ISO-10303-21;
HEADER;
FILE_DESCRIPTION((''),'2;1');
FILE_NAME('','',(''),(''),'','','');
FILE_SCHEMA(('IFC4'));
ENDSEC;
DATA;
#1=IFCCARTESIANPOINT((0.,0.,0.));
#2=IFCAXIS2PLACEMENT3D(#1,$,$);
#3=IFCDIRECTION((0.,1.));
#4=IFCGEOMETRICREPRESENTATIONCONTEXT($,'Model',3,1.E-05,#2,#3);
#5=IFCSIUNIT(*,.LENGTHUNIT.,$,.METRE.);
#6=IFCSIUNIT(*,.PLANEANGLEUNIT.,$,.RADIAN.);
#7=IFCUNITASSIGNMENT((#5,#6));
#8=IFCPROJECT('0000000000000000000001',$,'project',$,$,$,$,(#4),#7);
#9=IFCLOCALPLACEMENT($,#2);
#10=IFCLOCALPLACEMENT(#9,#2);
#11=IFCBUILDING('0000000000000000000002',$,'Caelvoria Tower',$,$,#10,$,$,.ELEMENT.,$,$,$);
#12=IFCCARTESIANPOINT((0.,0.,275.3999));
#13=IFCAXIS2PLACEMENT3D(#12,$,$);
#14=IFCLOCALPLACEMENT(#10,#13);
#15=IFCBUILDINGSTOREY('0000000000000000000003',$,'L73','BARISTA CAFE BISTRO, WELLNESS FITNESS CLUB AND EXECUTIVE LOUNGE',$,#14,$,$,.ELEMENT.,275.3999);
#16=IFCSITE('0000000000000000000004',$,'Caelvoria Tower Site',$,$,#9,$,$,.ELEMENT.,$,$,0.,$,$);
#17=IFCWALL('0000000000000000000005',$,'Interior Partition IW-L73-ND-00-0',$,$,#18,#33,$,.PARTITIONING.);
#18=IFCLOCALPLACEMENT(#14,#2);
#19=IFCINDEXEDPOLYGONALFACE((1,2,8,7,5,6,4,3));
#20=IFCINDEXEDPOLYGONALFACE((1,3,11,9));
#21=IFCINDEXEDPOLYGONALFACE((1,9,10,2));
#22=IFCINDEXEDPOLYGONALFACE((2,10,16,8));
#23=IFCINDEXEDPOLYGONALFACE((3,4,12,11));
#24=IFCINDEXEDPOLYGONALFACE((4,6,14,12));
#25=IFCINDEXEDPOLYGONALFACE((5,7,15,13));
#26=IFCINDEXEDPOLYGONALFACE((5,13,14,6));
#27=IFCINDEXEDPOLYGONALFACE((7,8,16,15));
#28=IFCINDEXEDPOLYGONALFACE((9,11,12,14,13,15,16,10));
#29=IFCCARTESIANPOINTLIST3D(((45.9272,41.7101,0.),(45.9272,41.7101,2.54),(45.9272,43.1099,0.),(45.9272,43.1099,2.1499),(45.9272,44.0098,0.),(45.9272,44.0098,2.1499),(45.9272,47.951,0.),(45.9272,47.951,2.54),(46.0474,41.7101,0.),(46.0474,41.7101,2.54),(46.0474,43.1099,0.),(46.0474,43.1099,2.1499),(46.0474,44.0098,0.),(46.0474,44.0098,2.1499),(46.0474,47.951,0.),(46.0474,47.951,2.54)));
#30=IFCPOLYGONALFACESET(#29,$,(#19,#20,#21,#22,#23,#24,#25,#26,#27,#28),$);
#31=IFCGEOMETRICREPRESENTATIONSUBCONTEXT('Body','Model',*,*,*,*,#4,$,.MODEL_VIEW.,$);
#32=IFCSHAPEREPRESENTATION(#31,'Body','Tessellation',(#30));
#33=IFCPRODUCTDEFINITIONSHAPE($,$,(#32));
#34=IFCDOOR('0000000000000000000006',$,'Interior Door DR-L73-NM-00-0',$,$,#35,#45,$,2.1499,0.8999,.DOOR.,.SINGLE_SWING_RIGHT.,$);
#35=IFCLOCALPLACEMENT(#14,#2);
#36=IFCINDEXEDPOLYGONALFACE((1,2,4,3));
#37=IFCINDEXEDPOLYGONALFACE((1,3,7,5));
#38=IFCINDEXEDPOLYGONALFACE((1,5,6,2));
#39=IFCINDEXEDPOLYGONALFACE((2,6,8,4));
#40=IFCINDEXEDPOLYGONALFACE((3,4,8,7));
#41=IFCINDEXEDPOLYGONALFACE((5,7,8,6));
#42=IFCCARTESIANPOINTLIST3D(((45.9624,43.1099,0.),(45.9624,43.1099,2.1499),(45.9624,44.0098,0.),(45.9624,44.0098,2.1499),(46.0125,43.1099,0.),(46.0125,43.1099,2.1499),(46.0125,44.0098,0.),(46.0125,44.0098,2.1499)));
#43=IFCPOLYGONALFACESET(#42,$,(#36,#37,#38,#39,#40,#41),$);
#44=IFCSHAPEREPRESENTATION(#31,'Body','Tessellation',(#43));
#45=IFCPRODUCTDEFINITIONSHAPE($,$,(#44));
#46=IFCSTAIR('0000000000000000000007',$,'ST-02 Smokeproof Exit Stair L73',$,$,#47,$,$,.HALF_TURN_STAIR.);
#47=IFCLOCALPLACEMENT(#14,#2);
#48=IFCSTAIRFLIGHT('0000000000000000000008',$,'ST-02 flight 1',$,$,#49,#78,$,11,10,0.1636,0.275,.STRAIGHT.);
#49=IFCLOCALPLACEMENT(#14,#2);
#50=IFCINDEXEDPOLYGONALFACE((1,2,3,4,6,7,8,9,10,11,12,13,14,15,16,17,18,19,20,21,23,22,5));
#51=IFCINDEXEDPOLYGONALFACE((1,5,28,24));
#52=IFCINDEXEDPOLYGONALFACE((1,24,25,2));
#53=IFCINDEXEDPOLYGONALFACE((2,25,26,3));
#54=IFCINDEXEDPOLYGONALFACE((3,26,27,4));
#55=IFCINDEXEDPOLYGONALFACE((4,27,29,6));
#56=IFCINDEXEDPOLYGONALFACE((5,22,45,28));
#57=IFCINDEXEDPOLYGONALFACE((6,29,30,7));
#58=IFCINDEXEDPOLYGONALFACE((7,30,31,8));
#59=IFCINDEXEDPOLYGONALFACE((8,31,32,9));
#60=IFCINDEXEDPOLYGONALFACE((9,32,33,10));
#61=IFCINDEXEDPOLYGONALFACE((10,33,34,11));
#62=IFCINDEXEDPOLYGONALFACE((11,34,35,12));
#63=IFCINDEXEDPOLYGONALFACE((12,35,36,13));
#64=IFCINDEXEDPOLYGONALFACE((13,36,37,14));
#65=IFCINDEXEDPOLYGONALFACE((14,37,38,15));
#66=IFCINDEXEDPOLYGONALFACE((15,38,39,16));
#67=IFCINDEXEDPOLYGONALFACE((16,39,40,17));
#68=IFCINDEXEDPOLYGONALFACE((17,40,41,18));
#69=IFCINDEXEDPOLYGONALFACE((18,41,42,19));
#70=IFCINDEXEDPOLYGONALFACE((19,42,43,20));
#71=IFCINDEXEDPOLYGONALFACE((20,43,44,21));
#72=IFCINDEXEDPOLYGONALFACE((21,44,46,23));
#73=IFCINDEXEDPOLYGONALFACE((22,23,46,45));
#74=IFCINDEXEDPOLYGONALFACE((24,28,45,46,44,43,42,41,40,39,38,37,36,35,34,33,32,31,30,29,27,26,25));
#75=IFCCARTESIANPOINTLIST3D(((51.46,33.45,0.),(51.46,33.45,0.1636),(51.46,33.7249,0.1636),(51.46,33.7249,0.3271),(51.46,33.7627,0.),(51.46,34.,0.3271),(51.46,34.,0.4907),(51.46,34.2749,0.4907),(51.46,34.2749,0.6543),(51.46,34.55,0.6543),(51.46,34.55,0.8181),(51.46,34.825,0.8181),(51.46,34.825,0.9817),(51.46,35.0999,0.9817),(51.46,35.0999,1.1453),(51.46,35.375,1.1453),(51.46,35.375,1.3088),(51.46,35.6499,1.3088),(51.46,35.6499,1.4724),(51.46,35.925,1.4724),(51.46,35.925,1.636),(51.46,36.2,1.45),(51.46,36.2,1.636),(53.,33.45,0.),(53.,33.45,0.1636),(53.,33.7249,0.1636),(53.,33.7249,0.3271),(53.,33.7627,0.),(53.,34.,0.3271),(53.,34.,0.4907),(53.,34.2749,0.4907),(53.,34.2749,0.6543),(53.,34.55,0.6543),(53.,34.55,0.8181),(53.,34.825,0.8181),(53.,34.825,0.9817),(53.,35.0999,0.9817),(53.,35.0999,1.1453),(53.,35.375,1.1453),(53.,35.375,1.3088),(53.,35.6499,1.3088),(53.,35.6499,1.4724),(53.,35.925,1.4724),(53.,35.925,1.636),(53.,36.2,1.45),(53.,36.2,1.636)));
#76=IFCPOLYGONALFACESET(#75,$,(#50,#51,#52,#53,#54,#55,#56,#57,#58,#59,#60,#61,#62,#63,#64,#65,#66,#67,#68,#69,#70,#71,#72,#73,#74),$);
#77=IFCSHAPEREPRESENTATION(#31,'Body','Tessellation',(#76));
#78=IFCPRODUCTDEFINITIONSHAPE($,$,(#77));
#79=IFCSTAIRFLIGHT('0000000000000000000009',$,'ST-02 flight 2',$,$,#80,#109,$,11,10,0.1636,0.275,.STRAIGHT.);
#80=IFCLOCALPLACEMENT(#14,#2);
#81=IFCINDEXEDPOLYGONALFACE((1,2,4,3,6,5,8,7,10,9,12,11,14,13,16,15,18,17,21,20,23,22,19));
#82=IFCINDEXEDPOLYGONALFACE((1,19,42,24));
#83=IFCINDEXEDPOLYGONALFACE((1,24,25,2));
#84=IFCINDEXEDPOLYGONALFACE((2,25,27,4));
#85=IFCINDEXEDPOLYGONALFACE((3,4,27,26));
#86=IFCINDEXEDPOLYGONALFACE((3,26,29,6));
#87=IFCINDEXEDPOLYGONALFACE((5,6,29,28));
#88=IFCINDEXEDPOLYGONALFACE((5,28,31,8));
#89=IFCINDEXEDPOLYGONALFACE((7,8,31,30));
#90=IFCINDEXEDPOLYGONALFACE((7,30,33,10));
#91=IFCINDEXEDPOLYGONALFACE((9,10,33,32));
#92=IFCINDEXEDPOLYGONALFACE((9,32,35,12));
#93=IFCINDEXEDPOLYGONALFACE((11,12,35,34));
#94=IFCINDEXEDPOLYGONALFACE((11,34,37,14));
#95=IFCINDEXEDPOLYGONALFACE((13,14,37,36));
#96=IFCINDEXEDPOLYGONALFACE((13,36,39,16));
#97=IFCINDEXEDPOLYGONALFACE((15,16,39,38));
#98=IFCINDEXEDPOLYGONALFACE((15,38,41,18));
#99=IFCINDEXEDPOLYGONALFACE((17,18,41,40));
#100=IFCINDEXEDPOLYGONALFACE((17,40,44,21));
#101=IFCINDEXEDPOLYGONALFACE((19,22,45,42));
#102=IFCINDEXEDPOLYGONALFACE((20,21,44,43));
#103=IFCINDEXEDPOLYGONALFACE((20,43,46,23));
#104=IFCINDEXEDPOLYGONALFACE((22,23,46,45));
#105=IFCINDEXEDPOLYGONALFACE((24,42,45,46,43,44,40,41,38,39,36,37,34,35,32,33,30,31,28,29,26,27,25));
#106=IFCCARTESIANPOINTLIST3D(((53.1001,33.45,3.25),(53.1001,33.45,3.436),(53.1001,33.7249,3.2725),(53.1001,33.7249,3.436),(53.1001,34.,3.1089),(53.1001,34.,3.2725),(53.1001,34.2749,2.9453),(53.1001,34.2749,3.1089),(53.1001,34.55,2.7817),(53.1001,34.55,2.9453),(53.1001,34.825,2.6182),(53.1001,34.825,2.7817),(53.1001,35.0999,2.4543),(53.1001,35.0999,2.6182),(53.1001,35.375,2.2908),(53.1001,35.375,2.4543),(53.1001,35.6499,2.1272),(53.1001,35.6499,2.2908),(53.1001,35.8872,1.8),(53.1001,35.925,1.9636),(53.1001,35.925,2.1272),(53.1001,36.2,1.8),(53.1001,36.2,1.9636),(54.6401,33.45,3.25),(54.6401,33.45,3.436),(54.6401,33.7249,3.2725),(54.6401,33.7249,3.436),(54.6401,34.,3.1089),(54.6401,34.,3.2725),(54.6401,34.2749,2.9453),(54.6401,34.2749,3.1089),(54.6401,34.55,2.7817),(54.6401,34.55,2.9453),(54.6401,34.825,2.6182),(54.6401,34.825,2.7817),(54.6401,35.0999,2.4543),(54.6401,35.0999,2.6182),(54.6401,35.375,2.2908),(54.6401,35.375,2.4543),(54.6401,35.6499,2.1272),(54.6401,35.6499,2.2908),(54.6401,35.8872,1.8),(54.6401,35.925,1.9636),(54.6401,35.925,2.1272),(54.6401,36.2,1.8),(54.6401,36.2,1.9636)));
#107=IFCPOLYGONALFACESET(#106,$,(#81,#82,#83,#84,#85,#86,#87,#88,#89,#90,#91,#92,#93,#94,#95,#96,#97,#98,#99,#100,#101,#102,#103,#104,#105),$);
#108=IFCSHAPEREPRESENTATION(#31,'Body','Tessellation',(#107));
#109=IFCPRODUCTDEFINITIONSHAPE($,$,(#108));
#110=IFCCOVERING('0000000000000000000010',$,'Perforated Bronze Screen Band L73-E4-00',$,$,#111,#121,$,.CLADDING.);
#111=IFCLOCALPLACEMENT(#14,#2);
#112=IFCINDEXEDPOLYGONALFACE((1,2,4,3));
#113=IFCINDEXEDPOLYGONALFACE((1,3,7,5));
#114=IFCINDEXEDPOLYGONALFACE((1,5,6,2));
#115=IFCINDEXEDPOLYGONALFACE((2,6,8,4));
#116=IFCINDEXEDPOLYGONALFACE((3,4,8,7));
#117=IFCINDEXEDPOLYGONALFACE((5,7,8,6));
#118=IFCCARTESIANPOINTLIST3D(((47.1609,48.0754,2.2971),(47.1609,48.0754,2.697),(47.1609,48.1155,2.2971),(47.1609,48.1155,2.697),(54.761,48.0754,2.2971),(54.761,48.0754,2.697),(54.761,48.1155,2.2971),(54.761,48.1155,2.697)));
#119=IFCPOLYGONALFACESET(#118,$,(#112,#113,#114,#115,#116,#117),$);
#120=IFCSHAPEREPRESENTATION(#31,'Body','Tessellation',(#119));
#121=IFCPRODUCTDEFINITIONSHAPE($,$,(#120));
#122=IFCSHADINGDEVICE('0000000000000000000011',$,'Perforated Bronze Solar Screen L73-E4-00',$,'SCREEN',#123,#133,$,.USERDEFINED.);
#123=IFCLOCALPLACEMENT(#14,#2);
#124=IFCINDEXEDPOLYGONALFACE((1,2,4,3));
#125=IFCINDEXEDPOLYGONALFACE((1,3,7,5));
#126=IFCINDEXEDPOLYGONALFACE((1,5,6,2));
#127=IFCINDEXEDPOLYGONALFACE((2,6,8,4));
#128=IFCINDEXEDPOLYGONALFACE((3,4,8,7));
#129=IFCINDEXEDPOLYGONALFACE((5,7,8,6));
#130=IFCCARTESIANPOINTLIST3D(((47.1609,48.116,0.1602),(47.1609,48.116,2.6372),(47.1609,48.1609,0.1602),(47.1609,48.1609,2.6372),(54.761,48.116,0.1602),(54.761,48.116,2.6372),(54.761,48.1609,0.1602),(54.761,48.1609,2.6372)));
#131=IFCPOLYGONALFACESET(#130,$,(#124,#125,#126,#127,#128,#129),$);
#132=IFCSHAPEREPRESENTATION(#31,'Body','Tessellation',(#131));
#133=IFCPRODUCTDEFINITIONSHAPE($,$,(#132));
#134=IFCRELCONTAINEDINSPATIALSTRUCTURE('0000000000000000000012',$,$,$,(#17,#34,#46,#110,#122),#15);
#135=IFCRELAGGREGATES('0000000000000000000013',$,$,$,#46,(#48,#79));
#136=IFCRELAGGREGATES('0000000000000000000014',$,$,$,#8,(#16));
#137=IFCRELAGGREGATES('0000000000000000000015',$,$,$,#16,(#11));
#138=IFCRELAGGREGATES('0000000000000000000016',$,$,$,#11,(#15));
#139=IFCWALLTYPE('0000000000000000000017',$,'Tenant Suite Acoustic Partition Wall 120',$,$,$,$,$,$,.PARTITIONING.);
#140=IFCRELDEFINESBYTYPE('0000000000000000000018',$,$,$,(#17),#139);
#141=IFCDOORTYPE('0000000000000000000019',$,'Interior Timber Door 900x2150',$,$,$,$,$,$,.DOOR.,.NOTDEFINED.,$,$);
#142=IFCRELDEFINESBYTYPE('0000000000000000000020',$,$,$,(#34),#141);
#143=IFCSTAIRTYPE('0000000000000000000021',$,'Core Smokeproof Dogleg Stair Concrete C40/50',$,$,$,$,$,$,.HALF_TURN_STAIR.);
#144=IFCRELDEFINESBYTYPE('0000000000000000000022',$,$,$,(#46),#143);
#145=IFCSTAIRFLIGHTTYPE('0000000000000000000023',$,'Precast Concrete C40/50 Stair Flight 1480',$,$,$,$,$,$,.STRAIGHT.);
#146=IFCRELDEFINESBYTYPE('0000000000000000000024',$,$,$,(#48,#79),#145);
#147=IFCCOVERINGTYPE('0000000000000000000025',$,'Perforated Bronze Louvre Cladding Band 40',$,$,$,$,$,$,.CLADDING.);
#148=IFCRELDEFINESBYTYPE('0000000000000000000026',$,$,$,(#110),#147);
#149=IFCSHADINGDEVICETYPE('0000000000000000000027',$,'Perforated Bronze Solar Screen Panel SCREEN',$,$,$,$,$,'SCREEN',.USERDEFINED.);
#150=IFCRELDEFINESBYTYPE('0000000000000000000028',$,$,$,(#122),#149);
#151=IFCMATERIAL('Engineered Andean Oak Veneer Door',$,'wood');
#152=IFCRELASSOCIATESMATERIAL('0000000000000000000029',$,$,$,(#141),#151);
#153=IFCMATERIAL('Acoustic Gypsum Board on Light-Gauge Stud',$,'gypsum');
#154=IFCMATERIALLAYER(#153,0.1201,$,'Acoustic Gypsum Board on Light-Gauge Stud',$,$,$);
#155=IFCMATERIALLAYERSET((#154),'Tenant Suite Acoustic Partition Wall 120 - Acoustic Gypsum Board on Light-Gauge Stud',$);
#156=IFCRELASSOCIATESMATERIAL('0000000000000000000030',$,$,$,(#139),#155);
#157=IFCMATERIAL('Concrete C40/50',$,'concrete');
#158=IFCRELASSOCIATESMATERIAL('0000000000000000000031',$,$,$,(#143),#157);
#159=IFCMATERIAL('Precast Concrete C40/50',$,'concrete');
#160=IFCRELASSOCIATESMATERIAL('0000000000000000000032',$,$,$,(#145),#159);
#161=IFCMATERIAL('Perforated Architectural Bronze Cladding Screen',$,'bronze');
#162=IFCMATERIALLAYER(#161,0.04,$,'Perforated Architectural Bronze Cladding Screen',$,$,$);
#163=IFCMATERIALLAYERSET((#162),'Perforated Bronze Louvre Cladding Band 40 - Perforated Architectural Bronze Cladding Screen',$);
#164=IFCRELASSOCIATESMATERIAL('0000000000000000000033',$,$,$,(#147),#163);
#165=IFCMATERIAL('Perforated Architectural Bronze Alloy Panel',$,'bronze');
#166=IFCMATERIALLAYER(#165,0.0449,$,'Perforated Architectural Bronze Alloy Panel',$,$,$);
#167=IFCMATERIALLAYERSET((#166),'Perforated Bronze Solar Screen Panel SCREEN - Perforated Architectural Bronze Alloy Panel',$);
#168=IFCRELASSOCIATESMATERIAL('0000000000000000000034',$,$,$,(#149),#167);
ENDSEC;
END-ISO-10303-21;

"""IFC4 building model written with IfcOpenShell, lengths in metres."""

from ifc_helpers import new_model, si_unit, direction, frame, frame_2d, origin, origin_2d, place, context, subcontext, project, spatial, polyline, rectangle, outline, extrude, material, layer, layer_set, type_object, element, fill, aggregate, save


model = new_model("IFC4")

# Units and contexts
model_context = context("Model", 3, precision=1e-05, world=origin(), true_north=direction((0.0, 1.0)))
body_context = subcontext(model_context, "Body", "Model", "MODEL_VIEW")
ifc_project = project(units=[si_unit("LENGTHUNIT", "METRE"), si_unit("PLANEANGLEUNIT", "RADIAN")], contexts=[model_context])

# Site, building, storey
site_placement = place(None, origin())
site = spatial("IfcSite", under=ifc_project, at=site_placement, Name="Caelvoria Tower Site", CompositionType="ELEMENT", RefElevation=0.0)
building_placement = place(site_placement, origin())
building = spatial("IfcBuilding", under=site, at=building_placement, Name="Caelvoria Tower", CompositionType="ELEMENT")
storey_placement = place(building_placement, frame((0.0, 0.0, 275.3999)))
storey = spatial("IfcBuildingStorey", under=building, at=storey_placement, Name="L73", Description="BARISTA CAFE BISTRO, WELLNESS FITNESS CLUB AND EXECUTIVE LOUNGE", CompositionType="ELEMENT", Elevation=275.3999)

# Wall, opening, door
ifc_material_1 = material(Name="Engineered Andean Oak Veneer Door", Category="wood")
door_type_1 = type_object("IfcDoorType", Name="Interior Timber Door 900x2150", OperationType="NOTDEFINED", PredefinedType="DOOR", material=ifc_material_1)
ifc_material_2 = material(Name="Acoustic Gypsum Board on Light-Gauge Stud", Category="gypsum")
ifc_layer_1 = layer(ifc_material_2, 0.1201, Name="Acoustic Gypsum Board on Light-Gauge Stud")
ifc_layer_set_1 = layer_set([ifc_layer_1], Name="Tenant Suite Acoustic Partition Wall 120 - Acoustic Gypsum Board on Light-Gauge Stud")
wall_type_1 = type_object("IfcWallType", Name="Tenant Suite Acoustic Partition Wall 120", PredefinedType="PARTITIONING", material=ifc_layer_set_1)
wall_1_placement = place(storey_placement, frame((45.9873, 41.71, 0.0), z_axis=(0.0, 0.0, 1.0), x_axis=(0.0, 1.0, 0.0)))
wall_1 = element("IfcWall", 1, at=wall_1_placement, inside=storey, type_object=wall_type_1, Name="Interior Partition IW-L73-ND-00-0", PredefinedType="PARTITIONING", context=body_context, shape_type="SweptSolid", body=[
    extrude(rectangle(XDim=6.241, YDim=0.1201, at=frame_2d((3.1206, 0.0))), origin(), (0.0, 0.0, 1.0), 2.54),
])
opening_1_placement = place(wall_1_placement, frame((1.3999, 0.0, 0.0)))
opening_1 = element("IfcOpeningElement", 2, at=opening_1_placement, cuts=wall_1, PredefinedType="OPENING", context=body_context, shape_type="SweptSolid", body=[
    extrude(rectangle(XDim=0.8999, YDim=2.1499, at=frame_2d((0.45, 1.075))), frame((0.0, 0.0701, 0.0), z_axis=(0.0, -1.0, 0.0), x_axis=(1.0, 0.0, 0.0)), (0.0, 0.0, 1.0), 0.1401),
])
door_1_placement = place(opening_1_placement, origin())
door_1 = element("IfcDoor", 3, at=door_1_placement, inside=storey, type_object=door_type_1, Name="Interior Door DR-L73-NM-00-0", OperationType="SINGLE_SWING_RIGHT", OverallHeight=2.1499, OverallWidth=0.8999, PredefinedType="DOOR", context=body_context, shape_type="SweptSolid", body=[
    extrude(rectangle(XDim=0.8999, YDim=2.1499, at=frame_2d((0.45, 1.075))), frame((0.0, 0.0249, 0.0), z_axis=(0.0, -1.0, 0.0), x_axis=(1.0, 0.0, 0.0)), (0.0, 0.0, 1.0), 0.05),
])
fill(opening_1, door_1)

# Stair, stair flights
ifc_material_3 = material(Name="Concrete C40/50", Category="concrete")
stair_type = type_object("IfcStairType", Name="Core Smokeproof Dogleg Stair Concrete C40/50", PredefinedType="HALF_TURN_STAIR", material=ifc_material_3)
stair_placement = place(storey_placement, origin())
stair = element("IfcStair", 4, at=stair_placement, inside=storey, type_object=stair_type, Name="ST-02 Smokeproof Exit Stair L73", PredefinedType="HALF_TURN_STAIR")
ifc_material_4 = material(Name="Precast Concrete C40/50", Category="concrete")
stair_flight_type = type_object("IfcStairFlightType", Name="Precast Concrete C40/50 Stair Flight 1480", PredefinedType="STRAIGHT", material=ifc_material_4)
stair_flight_1_placement = place(storey_placement, frame((52.23, 33.45, 0.0), z_axis=(0.0, 0.0, 1.0), x_axis=(0.0, 1.0, 0.0)))
stair_flight_1 = element("IfcStairFlight", 5, at=stair_flight_1_placement, type_object=stair_flight_type, Name="ST-02 flight 1", NumberOfRisers=11, NumberOfTreads=10, PredefinedType="STRAIGHT", RiserHeight=0.1636, TreadLength=0.275, context=body_context, shape_type="SweptSolid", body=[
    extrude(outline(polyline([(0.0, 0.0), (0.0, 0.1636), (0.2749, 0.1636), (0.2749, 0.3271), (0.55, 0.3271), (0.55, 0.4907), (0.825, 0.4907), (0.825, 0.6543), (1.1001, 0.6543), (1.1001, 0.8181), (1.375, 0.8181), (1.375, 0.9817), (1.6499, 0.9817), (1.6499, 1.1453), (1.925, 1.1453), (1.925, 1.3088), (2.2, 1.3088), (2.2, 1.4724), (2.4751, 1.4724), (2.4751, 1.636), (2.75, 1.636), (2.75, 1.7996), (2.75, 1.45), (0.3127, 0.0), (0.0, 0.0)])), frame((0.0, 0.77, 0.0), z_axis=(0.0, -1.0, 0.0), x_axis=(1.0, 0.0, 0.0)), (0.0, 0.0, 1.0), 1.54),
])
stair_flight_2_placement = place(storey_placement, frame((53.8701, 36.2, 1.8), z_axis=(0.0, 0.0, 1.0), x_axis=(0.0, -1.0, 0.0)))
stair_flight_2 = element("IfcStairFlight", 6, at=stair_flight_2_placement, type_object=stair_flight_type, Name="ST-02 flight 2", NumberOfRisers=11, NumberOfTreads=10, PredefinedType="STRAIGHT", RiserHeight=0.1636, TreadLength=0.275, context=body_context, shape_type="SweptSolid", body=[
    extrude(outline(polyline([(0.0, 0.0), (0.0, 0.1636), (0.2749, 0.1636), (0.2749, 0.3271), (0.55, 0.3271), (0.55, 0.4907), (0.825, 0.4907), (0.825, 0.6543), (1.1001, 0.6543), (1.1001, 0.8181), (1.375, 0.8181), (1.375, 0.9817), (1.6499, 0.9817), (1.6499, 1.1453), (1.925, 1.1453), (1.925, 1.3088), (2.2, 1.3088), (2.2, 1.4724), (2.4751, 1.4724), (2.4751, 1.636), (2.75, 1.636), (2.75, 1.7996), (2.75, 1.45), (0.3127, 0.0), (0.0, 0.0)])), frame((0.0, 0.77, 0.0), z_axis=(0.0, -1.0, 0.0), x_axis=(1.0, 0.0, 0.0)), (0.0, 0.0, 1.0), 1.54),
])
aggregate(stair, [stair_flight_1, stair_flight_2])

# Covering
ifc_material_5 = material(Name="Perforated Architectural Bronze Cladding Screen", Category="bronze")
ifc_layer_2 = layer(ifc_material_5, 0.04, Name="Perforated Architectural Bronze Cladding Screen")
ifc_layer_set_2 = layer_set([ifc_layer_2], Name="Perforated Bronze Louvre Cladding Band 40 - Perforated Architectural Bronze Cladding Screen")
covering_type = type_object("IfcCoveringType", Name="Perforated Bronze Louvre Cladding Band 40", PredefinedType="CLADDING", material=ifc_layer_set_2)
covering_placement = place(storey_placement, frame((50.9609, 48.0955, 2.2971), z_axis=(0.0, 0.0, 1.0), x_axis=(-1.0, 0.0, 0.0)))
element("IfcCovering", 7, at=covering_placement, inside=storey, type_object=covering_type, Name="Perforated Bronze Screen Band L73-E4-00", PredefinedType="CLADDING", context=body_context, shape_type="SweptSolid", body=[
    extrude(rectangle(XDim=7.6001, YDim=0.04, at=origin_2d()), origin(), (0.0, 0.0, 1.0), 0.3999),
])

# Shading device
ifc_material_6 = material(Name="Perforated Architectural Bronze Alloy Panel", Category="bronze")
ifc_layer_3 = layer(ifc_material_6, 0.0449, Name="Perforated Architectural Bronze Alloy Panel")
ifc_layer_set_3 = layer_set([ifc_layer_3], Name="Perforated Bronze Solar Screen Panel SCREEN - Perforated Architectural Bronze Alloy Panel")
shading_device_type = type_object("IfcShadingDeviceType", Name="Perforated Bronze Solar Screen Panel SCREEN", ElementType="SCREEN", PredefinedType="USERDEFINED", material=ifc_layer_set_3)
shading_device_placement = place(storey_placement, frame((50.9609, 48.1384, 0.1602), z_axis=(0.0, 0.0, 1.0), x_axis=(-1.0, 0.0, 0.0)))
element("IfcShadingDevice", 8, at=shading_device_placement, inside=storey, type_object=shading_device_type, Name="Perforated Bronze Solar Screen L73-E4-00", ObjectType="SCREEN", PredefinedType="USERDEFINED", context=body_context, shape_type="SweptSolid", body=[
    extrude(rectangle(XDim=7.6001, YDim=0.0449, at=origin_2d()), origin(), (0.0, 0.0, 1.0), 2.4771),
])

save(model, "model.ifc")
